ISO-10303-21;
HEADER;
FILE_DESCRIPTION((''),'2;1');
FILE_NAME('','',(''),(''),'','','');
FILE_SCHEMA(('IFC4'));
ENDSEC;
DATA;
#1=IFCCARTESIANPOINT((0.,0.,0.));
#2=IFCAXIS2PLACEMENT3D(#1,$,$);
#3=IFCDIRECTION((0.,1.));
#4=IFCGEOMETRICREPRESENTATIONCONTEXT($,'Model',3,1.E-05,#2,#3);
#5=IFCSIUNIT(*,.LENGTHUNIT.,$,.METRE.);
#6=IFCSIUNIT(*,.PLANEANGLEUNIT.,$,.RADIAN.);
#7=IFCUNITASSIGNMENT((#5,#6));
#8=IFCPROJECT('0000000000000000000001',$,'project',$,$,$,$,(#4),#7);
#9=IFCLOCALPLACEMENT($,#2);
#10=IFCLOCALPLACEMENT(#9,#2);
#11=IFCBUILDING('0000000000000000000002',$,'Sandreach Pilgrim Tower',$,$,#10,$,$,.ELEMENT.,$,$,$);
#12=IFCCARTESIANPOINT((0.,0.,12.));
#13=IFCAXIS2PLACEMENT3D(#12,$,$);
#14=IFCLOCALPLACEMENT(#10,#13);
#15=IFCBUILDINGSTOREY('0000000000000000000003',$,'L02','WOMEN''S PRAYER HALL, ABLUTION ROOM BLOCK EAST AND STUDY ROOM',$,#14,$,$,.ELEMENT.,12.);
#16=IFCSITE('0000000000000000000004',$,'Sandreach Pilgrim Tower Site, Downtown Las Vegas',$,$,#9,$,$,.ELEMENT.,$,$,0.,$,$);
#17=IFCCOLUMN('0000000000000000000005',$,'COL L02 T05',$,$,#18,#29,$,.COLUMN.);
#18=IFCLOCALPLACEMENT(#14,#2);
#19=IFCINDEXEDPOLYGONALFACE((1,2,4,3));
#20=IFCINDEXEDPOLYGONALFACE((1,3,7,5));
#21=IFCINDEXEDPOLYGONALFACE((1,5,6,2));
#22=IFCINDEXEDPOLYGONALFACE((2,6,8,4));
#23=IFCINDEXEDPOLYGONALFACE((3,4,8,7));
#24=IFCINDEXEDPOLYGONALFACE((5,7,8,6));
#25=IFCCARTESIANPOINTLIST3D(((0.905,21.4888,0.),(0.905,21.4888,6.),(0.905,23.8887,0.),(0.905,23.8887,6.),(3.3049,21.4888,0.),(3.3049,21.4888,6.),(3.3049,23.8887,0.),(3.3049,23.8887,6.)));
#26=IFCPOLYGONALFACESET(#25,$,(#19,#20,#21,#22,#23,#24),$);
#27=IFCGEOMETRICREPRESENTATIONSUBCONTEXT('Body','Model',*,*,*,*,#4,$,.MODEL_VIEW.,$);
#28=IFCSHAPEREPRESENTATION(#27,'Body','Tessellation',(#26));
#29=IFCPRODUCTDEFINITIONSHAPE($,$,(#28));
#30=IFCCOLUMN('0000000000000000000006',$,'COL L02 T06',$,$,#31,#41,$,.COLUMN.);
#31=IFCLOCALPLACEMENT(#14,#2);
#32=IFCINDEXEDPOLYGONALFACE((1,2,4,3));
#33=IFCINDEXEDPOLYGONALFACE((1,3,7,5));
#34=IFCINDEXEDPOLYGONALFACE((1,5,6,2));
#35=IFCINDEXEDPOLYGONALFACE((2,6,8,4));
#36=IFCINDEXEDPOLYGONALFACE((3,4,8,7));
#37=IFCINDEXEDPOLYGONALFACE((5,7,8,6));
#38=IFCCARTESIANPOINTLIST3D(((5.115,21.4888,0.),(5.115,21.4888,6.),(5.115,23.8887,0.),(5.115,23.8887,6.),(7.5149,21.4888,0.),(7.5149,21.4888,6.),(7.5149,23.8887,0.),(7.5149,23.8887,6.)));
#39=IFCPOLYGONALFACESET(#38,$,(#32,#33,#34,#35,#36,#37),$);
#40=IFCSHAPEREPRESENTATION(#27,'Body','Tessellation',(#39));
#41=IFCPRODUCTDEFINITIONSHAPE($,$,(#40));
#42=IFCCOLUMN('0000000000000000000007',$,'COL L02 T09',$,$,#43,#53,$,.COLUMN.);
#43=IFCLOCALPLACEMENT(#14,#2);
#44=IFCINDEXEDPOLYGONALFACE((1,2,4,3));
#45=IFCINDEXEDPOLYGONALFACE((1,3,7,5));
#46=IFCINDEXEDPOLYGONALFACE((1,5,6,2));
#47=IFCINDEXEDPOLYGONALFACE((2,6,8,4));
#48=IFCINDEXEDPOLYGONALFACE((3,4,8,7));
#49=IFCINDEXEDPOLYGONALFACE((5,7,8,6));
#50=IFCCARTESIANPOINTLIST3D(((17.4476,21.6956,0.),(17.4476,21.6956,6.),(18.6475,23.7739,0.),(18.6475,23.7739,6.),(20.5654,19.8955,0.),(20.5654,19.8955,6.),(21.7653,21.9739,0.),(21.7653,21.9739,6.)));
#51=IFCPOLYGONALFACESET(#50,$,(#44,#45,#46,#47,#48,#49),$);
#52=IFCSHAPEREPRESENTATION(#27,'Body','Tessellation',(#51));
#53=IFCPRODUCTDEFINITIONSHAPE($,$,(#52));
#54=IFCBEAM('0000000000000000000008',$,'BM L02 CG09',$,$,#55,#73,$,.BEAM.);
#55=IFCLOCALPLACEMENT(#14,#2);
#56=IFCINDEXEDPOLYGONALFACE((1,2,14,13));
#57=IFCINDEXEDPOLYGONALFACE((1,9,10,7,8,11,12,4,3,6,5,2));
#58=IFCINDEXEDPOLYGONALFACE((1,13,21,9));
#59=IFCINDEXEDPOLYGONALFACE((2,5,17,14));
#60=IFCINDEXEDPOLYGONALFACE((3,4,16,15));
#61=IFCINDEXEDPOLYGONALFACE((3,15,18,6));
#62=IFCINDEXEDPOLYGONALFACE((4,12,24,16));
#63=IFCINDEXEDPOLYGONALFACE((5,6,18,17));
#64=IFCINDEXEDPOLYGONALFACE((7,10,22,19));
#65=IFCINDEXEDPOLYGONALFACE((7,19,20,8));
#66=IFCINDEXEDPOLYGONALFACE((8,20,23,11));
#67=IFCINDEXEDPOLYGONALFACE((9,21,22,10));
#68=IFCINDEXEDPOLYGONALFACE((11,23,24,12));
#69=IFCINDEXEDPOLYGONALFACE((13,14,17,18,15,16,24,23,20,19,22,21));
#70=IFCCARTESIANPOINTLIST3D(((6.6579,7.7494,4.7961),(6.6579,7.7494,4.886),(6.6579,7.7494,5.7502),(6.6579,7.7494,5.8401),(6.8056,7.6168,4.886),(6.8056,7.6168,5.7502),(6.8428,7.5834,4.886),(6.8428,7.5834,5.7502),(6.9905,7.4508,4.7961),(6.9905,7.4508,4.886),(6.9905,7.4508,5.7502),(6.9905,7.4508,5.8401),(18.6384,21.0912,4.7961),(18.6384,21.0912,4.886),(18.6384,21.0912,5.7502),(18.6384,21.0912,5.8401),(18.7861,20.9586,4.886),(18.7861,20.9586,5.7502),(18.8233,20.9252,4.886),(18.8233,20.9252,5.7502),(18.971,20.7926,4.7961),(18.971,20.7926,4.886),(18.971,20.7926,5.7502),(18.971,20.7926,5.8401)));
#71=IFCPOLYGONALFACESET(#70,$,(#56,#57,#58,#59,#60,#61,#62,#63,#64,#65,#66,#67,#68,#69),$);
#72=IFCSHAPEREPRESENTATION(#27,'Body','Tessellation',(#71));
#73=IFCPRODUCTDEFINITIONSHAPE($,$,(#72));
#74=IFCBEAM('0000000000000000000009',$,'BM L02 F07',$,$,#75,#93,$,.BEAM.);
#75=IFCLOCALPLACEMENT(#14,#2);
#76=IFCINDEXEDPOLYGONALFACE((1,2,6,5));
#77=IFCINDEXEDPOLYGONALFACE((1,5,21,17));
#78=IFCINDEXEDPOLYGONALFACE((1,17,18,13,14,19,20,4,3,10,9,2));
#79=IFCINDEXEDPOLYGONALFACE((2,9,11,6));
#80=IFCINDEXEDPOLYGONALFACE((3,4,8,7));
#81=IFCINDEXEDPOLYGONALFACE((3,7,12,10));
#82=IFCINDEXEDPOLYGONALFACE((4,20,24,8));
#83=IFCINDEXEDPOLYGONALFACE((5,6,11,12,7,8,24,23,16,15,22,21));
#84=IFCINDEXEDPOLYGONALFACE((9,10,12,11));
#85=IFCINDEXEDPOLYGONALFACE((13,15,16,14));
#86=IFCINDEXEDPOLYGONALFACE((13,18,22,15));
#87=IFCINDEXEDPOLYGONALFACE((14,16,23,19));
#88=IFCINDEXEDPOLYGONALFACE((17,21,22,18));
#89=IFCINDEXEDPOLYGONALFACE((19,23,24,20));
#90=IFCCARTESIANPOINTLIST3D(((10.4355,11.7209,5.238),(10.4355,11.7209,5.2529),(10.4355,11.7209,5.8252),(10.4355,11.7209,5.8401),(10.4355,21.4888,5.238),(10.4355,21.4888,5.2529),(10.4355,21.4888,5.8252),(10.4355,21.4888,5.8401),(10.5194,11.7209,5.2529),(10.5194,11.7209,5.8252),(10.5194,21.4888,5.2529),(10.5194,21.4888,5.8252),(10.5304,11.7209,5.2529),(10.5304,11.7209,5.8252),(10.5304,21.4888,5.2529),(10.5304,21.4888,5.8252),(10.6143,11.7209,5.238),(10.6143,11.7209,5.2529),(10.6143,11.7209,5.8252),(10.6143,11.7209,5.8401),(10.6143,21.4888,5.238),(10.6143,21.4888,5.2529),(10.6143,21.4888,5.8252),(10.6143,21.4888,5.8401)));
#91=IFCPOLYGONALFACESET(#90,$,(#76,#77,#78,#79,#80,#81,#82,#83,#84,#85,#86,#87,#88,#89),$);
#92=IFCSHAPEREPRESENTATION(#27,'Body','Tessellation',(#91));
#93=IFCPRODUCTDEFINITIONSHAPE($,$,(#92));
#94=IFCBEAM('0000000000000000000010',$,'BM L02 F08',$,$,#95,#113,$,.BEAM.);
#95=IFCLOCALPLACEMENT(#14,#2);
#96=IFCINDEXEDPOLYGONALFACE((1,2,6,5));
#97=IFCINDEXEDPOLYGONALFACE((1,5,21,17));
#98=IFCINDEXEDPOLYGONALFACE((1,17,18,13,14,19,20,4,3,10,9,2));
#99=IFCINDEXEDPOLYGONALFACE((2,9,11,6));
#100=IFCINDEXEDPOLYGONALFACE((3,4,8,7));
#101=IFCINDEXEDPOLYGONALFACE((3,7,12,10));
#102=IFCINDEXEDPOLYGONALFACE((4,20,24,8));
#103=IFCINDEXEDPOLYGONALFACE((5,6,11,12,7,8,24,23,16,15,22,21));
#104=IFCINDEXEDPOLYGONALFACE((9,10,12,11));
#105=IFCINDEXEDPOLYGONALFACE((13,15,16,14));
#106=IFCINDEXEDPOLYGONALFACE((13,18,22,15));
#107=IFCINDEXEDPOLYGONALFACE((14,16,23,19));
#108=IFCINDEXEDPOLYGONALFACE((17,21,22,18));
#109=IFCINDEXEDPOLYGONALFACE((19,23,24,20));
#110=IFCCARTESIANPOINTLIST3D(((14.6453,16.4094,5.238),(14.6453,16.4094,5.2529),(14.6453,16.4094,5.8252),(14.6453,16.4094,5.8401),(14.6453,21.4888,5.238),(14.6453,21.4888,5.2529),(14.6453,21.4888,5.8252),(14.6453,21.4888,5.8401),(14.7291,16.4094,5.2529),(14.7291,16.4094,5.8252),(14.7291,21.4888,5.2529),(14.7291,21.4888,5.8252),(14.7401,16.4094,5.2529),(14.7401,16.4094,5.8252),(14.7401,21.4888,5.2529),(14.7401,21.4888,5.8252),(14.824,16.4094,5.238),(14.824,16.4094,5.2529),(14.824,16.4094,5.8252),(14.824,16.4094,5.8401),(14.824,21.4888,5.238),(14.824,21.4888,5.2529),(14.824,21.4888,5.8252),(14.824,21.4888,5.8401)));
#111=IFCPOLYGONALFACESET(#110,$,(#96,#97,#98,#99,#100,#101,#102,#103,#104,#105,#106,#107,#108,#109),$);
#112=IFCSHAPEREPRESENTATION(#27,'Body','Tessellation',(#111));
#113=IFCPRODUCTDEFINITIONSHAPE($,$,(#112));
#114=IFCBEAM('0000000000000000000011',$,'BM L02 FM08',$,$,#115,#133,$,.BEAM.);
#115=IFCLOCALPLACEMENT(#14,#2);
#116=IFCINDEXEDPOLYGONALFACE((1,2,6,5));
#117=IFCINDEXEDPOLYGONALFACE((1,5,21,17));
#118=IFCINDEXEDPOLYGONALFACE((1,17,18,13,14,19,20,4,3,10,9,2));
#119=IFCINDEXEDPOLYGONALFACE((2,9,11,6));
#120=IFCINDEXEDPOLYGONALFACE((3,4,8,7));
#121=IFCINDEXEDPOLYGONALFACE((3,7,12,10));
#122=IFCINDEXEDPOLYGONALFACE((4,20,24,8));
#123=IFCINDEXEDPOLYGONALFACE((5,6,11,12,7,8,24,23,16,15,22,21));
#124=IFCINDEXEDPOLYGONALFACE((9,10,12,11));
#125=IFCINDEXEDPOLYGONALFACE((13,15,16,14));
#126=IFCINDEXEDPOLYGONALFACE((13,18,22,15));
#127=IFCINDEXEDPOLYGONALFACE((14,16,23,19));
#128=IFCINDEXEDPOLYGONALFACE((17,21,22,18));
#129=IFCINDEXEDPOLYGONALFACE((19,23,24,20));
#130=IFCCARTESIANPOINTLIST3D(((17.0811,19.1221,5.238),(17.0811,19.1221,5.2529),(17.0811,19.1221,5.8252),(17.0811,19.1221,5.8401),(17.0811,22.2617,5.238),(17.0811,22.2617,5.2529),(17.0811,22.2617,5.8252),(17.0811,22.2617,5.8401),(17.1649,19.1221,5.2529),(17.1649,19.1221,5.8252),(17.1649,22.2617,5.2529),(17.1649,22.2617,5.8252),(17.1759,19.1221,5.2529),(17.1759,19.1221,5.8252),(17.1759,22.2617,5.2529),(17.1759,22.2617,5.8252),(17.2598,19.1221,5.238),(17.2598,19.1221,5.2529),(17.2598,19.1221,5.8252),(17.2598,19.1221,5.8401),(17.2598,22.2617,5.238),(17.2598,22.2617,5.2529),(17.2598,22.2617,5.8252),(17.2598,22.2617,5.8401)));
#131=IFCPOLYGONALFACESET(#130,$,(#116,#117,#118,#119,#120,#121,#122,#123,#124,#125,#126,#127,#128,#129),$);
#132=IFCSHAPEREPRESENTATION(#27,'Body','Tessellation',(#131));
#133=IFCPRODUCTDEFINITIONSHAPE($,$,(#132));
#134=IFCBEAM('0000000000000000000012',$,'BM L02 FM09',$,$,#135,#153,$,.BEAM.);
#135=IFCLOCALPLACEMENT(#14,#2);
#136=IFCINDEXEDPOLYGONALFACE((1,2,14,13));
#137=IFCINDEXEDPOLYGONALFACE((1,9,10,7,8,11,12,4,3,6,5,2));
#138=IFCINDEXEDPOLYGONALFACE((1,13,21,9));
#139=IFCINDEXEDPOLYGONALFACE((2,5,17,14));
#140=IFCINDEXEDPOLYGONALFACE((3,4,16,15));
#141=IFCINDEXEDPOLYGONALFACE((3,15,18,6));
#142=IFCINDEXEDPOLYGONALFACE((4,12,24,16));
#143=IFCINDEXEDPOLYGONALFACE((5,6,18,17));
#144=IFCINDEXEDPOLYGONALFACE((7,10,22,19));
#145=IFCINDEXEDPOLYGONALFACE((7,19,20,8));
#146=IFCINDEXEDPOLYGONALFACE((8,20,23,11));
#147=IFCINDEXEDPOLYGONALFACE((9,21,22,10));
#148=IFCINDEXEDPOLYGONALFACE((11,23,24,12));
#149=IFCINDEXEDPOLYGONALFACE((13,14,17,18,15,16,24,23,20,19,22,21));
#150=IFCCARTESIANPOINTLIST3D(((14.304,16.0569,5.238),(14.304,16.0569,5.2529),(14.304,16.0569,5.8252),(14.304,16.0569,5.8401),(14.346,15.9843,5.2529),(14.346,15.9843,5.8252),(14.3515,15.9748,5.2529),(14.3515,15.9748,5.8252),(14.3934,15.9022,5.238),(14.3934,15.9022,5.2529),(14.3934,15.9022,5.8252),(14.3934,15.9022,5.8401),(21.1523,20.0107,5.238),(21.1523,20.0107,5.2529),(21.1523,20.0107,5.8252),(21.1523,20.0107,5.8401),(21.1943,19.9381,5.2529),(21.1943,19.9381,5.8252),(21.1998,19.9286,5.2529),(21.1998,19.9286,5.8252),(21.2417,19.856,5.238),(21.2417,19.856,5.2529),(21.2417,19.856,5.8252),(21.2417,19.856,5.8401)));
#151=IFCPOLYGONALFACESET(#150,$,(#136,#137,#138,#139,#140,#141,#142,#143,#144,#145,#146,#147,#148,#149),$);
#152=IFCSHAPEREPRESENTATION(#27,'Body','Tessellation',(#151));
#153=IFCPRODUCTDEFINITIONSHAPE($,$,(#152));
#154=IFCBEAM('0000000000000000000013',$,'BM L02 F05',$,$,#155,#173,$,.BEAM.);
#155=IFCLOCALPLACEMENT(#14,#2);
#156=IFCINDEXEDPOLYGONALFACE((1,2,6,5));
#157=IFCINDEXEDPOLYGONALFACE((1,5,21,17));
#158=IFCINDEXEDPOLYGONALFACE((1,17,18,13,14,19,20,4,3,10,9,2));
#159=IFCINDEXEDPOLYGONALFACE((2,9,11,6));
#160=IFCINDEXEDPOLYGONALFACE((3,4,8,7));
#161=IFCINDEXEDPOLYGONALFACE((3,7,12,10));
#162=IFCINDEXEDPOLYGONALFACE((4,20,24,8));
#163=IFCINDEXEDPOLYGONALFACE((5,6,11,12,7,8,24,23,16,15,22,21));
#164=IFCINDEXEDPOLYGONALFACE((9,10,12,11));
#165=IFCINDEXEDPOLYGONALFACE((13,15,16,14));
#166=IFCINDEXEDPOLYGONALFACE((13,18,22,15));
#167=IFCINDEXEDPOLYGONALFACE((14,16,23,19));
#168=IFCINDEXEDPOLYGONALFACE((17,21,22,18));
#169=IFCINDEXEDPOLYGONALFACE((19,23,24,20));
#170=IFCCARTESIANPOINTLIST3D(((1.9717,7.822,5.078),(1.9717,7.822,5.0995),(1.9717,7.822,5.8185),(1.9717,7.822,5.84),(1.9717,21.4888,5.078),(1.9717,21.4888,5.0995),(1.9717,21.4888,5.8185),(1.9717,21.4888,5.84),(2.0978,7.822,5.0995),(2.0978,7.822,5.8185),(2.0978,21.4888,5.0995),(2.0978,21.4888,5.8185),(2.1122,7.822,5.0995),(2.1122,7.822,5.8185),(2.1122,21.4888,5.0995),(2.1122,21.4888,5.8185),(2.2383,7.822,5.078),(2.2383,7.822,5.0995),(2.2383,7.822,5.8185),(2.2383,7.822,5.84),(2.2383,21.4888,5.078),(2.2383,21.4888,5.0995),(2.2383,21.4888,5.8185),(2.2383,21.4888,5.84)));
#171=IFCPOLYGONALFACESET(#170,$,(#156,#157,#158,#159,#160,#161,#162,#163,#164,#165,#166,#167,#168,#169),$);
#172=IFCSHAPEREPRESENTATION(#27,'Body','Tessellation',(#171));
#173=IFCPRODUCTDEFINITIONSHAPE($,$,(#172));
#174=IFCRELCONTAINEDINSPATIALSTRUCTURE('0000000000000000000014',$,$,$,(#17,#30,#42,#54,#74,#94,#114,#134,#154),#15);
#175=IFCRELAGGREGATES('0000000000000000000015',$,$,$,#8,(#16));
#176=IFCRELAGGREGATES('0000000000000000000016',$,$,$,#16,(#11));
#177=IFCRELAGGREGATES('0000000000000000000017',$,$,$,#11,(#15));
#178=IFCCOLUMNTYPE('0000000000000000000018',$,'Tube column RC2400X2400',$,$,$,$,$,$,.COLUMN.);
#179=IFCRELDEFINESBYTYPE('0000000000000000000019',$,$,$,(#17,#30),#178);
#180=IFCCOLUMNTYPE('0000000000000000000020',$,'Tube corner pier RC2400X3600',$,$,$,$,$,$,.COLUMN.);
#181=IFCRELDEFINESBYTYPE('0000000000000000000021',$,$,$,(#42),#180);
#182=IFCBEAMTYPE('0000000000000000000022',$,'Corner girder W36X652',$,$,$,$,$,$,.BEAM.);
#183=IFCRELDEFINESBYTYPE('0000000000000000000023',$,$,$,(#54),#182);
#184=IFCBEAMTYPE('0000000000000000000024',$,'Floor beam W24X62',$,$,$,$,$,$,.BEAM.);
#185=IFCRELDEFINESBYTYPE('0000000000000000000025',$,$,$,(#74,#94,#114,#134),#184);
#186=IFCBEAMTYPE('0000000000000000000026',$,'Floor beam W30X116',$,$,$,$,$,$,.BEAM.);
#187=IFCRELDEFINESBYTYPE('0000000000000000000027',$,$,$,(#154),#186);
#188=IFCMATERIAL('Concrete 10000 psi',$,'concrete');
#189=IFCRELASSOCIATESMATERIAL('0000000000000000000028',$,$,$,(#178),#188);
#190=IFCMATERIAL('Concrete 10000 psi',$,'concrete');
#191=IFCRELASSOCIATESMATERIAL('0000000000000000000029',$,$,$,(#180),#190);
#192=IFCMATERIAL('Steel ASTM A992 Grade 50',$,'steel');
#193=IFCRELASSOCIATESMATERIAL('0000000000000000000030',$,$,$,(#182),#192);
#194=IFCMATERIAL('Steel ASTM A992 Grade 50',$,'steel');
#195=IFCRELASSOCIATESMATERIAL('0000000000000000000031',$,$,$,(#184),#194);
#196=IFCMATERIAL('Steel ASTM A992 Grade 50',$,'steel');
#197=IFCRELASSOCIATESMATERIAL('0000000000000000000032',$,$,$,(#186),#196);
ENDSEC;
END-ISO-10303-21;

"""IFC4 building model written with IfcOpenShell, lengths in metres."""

from ifc_helpers import new_model, si_unit, direction, frame, origin, origin_2d, place, context, subcontext, project, spatial, rectangle, i_section, extrude, material, material_profile, profile_set, type_object, element, save


model = new_model("IFC4")

# Units and contexts
model_context = context("Model", 3, precision=1e-05, world=origin(), true_north=direction((0.0, 1.0)))
body_context = subcontext(model_context, "Body", "Model", "MODEL_VIEW")
ifc_project = project(units=[si_unit("LENGTHUNIT", "METRE"), si_unit("PLANEANGLEUNIT", "RADIAN")], contexts=[model_context])

# Site, building, storey
site_placement = place(None, origin())
site = spatial("IfcSite", under=ifc_project, at=site_placement, Name="Sandreach Pilgrim Tower Site, Downtown Las Vegas", CompositionType="ELEMENT", RefElevation=0.0)
building_placement = place(site_placement, origin())
building = spatial("IfcBuilding", under=site, at=building_placement, Name="Sandreach Pilgrim Tower", CompositionType="ELEMENT")
storey_placement = place(building_placement, frame((0.0, 0.0, 12.0)))
storey = spatial("IfcBuildingStorey", under=building, at=storey_placement, Name="L02", Description="WOMEN'S PRAYER HALL, ABLUTION ROOM BLOCK EAST AND STUDY ROOM", CompositionType="ELEMENT", Elevation=12.0)

# Columns
ifc_material_1 = material(Name="Concrete 10000 psi", Category="concrete")
ifc_material_profile_1 = material_profile(ifc_material_1, rectangle(XDim=2.3999, YDim=2.3999, at=origin_2d()), Name="RC2400X2400")
ifc_profile_set_1 = profile_set([ifc_material_profile_1], Name="Concrete 10000 psi")
column_type_1 = type_object("IfcColumnType", Name="Tube column RC2400X2400", PredefinedType="COLUMN", material=ifc_profile_set_1)
for number, where, z_axis, x_axis, name in (
    (1, (2.105, 22.6887, 0.0), (0.0, 0.0, 1.0), (0.0, 1.0, 0.0), "COL L02 T05"),
    (2, (6.3149, 22.6887, 0.0), (0.0, 0.0, 1.0), (0.0, 1.0, 0.0), "COL L02 T06"),
):
    element("IfcColumn", number, at=place(storey_placement, frame(where, z_axis=z_axis, x_axis=x_axis)), inside=storey, type_object=column_type_1, Name=name, PredefinedType="COLUMN", context=body_context, shape_type="SweptSolid", body=[
        extrude(rectangle(XDim=2.3999, YDim=2.3999, at=origin_2d()), origin(), (0.0, 0.0, 1.0), 6.0),
    ])
ifc_material_2 = material(Name="Concrete 10000 psi", Category="concrete")
ifc_material_profile_2 = material_profile(ifc_material_2, rectangle(XDim=2.3999, YDim=3.6001, at=origin_2d()), Name="RC2400X3600")
ifc_profile_set_2 = profile_set([ifc_material_profile_2], Name="Concrete 10000 psi")
column_type_2 = type_object("IfcColumnType", Name="Tube corner pier RC2400X3600", PredefinedType="COLUMN", material=ifc_profile_set_2)
column_placement = place(storey_placement, frame((19.6064, 21.8347, 0.0), z_axis=(0.0, 0.0, 1.0), x_axis=(0.5, 0.866025, 0.0)))
element("IfcColumn", 3, at=column_placement, inside=storey, type_object=column_type_2, Name="COL L02 T09", PredefinedType="COLUMN", context=body_context, shape_type="SweptSolid", body=[
    extrude(rectangle(XDim=2.3999, YDim=3.6001, at=origin_2d()), origin(), (0.0, 0.0, 1.0), 6.0),
])

# Beams
ifc_material_3 = material(Name="Steel ASTM A992 Grade 50", Category="steel")
ifc_material_profile_3 = material_profile(ifc_material_3, i_section(OverallWidth=0.447, OverallDepth=1.0439, WebThickness=0.05, FlangeThickness=0.0898, at=origin_2d()), Name="W36X652")
ifc_profile_set_3 = profile_set([ifc_material_profile_3], Name="Steel ASTM A992 Grade 50")
beam_type_1 = type_object("IfcBeamType", Name="Corner girder W36X652", PredefinedType="BEAM", material=ifc_profile_set_3)
beam_1_placement = place(storey_placement, frame((18.8047, 20.9419, 5.3181), z_axis=(-0.668128, -0.744047, 0.0), x_axis=(0.744047, -0.668128, 0.0)))
element("IfcBeam", 4, at=beam_1_placement, inside=storey, type_object=beam_type_1, Name="BM L02 CG09", PredefinedType="BEAM", context=body_context, shape_type="SweptSolid", body=[
    extrude(i_section(OverallWidth=0.447, OverallDepth=1.0439, WebThickness=0.05, FlangeThickness=0.0898, at=origin_2d()), origin(), (0.0, 0.0, 1.0), 17.9314),
])
ifc_material_4 = material(Name="Steel ASTM A992 Grade 50", Category="steel")
ifc_material_profile_4 = material_profile(ifc_material_4, i_section(OverallWidth=0.1787, OverallDepth=0.6021, WebThickness=0.011, FlangeThickness=0.0149, at=origin_2d()), Name="W24X62")
ifc_profile_set_4 = profile_set([ifc_material_profile_4], Name="Steel ASTM A992 Grade 50")
beam_type_2 = type_object("IfcBeamType", Name="Floor beam W24X62", PredefinedType="BEAM", material=ifc_profile_set_4)
beam_2_placement = place(storey_placement, frame((10.5249, 21.4888, 5.5391), z_axis=(0.0, -1.0, 0.0), x_axis=(1.0, 0.0, 0.0)))
element("IfcBeam", 5, at=beam_2_placement, inside=storey, type_object=beam_type_2, Name="BM L02 F07", PredefinedType="BEAM", context=body_context, shape_type="SweptSolid", body=[
    extrude(i_section(OverallWidth=0.1787, OverallDepth=0.6021, WebThickness=0.011, FlangeThickness=0.0149, at=origin_2d()), origin(), (0.0, 0.0, 1.0), 9.7678),
])
beam_3_placement = place(storey_placement, frame((14.7346, 21.4888, 5.5391), z_axis=(0.0, -1.0, 0.0), x_axis=(1.0, 0.0, 0.0)))
element("IfcBeam", 6, at=beam_3_placement, inside=storey, type_object=beam_type_2, Name="BM L02 F08", PredefinedType="BEAM", context=body_context, shape_type="SweptSolid", body=[
    extrude(i_section(OverallWidth=0.1787, OverallDepth=0.6021, WebThickness=0.011, FlangeThickness=0.0149, at=origin_2d()), origin(), (0.0, 0.0, 1.0), 5.0793),
])
beam_4_placement = place(storey_placement, frame((17.1704, 22.2617, 5.5391), z_axis=(0.0, -1.0, 0.0), x_axis=(1.0, 0.0, 0.0)))
element("IfcBeam", 7, at=beam_4_placement, inside=storey, type_object=beam_type_2, Name="BM L02 FM08", PredefinedType="BEAM", context=body_context, shape_type="SweptSolid", body=[
    extrude(i_section(OverallWidth=0.1787, OverallDepth=0.6021, WebThickness=0.011, FlangeThickness=0.0149, at=origin_2d()), origin(), (0.0, 0.0, 1.0), 3.1396),
])
beam_5_placement = place(storey_placement, frame((21.197, 19.9333, 5.5391), z_axis=(-0.866029, -0.499994, 0.0), x_axis=(0.499994, -0.866029, 0.0)))
element("IfcBeam", 8, at=beam_5_placement, inside=storey, type_object=beam_type_2, Name="BM L02 FM09", PredefinedType="BEAM", context=body_context, shape_type="SweptSolid", body=[
    extrude(i_section(OverallWidth=0.1787, OverallDepth=0.6021, WebThickness=0.011, FlangeThickness=0.0149, at=origin_2d()), origin(), (0.0, 0.0, 1.0), 7.9077),
])
ifc_material_5 = material(Name="Steel ASTM A992 Grade 50", Category="steel")
ifc_material_profile_5 = material_profile(ifc_material_5, i_section(OverallWidth=0.2666, OverallDepth=0.762, WebThickness=0.0144, FlangeThickness=0.0215, at=origin_2d()), Name="W30X116")
ifc_profile_set_5 = profile_set([ifc_material_profile_5], Name="Steel ASTM A992 Grade 50")
beam_type_3 = type_object("IfcBeamType", Name="Floor beam W30X116", PredefinedType="BEAM", material=ifc_profile_set_5)
for number, where, z_axis, x_axis, name in (
    (9, (2.105, 21.4888, 5.459), (0.0, -1.0, 0.0), (1.0, 0.0, 0.0), "BM L02 F05"),
):
    element("IfcBeam", number, at=place(storey_placement, frame(where, z_axis=z_axis, x_axis=x_axis)), inside=storey, type_object=beam_type_3, Name=name, PredefinedType="BEAM", context=body_context, shape_type="SweptSolid", body=[
        extrude(i_section(OverallWidth=0.2666, OverallDepth=0.762, WebThickness=0.0144, FlangeThickness=0.0215, at=origin_2d()), origin(), (0.0, 0.0, 1.0), 13.6667),
    ])

save(model, "model.ifc")
